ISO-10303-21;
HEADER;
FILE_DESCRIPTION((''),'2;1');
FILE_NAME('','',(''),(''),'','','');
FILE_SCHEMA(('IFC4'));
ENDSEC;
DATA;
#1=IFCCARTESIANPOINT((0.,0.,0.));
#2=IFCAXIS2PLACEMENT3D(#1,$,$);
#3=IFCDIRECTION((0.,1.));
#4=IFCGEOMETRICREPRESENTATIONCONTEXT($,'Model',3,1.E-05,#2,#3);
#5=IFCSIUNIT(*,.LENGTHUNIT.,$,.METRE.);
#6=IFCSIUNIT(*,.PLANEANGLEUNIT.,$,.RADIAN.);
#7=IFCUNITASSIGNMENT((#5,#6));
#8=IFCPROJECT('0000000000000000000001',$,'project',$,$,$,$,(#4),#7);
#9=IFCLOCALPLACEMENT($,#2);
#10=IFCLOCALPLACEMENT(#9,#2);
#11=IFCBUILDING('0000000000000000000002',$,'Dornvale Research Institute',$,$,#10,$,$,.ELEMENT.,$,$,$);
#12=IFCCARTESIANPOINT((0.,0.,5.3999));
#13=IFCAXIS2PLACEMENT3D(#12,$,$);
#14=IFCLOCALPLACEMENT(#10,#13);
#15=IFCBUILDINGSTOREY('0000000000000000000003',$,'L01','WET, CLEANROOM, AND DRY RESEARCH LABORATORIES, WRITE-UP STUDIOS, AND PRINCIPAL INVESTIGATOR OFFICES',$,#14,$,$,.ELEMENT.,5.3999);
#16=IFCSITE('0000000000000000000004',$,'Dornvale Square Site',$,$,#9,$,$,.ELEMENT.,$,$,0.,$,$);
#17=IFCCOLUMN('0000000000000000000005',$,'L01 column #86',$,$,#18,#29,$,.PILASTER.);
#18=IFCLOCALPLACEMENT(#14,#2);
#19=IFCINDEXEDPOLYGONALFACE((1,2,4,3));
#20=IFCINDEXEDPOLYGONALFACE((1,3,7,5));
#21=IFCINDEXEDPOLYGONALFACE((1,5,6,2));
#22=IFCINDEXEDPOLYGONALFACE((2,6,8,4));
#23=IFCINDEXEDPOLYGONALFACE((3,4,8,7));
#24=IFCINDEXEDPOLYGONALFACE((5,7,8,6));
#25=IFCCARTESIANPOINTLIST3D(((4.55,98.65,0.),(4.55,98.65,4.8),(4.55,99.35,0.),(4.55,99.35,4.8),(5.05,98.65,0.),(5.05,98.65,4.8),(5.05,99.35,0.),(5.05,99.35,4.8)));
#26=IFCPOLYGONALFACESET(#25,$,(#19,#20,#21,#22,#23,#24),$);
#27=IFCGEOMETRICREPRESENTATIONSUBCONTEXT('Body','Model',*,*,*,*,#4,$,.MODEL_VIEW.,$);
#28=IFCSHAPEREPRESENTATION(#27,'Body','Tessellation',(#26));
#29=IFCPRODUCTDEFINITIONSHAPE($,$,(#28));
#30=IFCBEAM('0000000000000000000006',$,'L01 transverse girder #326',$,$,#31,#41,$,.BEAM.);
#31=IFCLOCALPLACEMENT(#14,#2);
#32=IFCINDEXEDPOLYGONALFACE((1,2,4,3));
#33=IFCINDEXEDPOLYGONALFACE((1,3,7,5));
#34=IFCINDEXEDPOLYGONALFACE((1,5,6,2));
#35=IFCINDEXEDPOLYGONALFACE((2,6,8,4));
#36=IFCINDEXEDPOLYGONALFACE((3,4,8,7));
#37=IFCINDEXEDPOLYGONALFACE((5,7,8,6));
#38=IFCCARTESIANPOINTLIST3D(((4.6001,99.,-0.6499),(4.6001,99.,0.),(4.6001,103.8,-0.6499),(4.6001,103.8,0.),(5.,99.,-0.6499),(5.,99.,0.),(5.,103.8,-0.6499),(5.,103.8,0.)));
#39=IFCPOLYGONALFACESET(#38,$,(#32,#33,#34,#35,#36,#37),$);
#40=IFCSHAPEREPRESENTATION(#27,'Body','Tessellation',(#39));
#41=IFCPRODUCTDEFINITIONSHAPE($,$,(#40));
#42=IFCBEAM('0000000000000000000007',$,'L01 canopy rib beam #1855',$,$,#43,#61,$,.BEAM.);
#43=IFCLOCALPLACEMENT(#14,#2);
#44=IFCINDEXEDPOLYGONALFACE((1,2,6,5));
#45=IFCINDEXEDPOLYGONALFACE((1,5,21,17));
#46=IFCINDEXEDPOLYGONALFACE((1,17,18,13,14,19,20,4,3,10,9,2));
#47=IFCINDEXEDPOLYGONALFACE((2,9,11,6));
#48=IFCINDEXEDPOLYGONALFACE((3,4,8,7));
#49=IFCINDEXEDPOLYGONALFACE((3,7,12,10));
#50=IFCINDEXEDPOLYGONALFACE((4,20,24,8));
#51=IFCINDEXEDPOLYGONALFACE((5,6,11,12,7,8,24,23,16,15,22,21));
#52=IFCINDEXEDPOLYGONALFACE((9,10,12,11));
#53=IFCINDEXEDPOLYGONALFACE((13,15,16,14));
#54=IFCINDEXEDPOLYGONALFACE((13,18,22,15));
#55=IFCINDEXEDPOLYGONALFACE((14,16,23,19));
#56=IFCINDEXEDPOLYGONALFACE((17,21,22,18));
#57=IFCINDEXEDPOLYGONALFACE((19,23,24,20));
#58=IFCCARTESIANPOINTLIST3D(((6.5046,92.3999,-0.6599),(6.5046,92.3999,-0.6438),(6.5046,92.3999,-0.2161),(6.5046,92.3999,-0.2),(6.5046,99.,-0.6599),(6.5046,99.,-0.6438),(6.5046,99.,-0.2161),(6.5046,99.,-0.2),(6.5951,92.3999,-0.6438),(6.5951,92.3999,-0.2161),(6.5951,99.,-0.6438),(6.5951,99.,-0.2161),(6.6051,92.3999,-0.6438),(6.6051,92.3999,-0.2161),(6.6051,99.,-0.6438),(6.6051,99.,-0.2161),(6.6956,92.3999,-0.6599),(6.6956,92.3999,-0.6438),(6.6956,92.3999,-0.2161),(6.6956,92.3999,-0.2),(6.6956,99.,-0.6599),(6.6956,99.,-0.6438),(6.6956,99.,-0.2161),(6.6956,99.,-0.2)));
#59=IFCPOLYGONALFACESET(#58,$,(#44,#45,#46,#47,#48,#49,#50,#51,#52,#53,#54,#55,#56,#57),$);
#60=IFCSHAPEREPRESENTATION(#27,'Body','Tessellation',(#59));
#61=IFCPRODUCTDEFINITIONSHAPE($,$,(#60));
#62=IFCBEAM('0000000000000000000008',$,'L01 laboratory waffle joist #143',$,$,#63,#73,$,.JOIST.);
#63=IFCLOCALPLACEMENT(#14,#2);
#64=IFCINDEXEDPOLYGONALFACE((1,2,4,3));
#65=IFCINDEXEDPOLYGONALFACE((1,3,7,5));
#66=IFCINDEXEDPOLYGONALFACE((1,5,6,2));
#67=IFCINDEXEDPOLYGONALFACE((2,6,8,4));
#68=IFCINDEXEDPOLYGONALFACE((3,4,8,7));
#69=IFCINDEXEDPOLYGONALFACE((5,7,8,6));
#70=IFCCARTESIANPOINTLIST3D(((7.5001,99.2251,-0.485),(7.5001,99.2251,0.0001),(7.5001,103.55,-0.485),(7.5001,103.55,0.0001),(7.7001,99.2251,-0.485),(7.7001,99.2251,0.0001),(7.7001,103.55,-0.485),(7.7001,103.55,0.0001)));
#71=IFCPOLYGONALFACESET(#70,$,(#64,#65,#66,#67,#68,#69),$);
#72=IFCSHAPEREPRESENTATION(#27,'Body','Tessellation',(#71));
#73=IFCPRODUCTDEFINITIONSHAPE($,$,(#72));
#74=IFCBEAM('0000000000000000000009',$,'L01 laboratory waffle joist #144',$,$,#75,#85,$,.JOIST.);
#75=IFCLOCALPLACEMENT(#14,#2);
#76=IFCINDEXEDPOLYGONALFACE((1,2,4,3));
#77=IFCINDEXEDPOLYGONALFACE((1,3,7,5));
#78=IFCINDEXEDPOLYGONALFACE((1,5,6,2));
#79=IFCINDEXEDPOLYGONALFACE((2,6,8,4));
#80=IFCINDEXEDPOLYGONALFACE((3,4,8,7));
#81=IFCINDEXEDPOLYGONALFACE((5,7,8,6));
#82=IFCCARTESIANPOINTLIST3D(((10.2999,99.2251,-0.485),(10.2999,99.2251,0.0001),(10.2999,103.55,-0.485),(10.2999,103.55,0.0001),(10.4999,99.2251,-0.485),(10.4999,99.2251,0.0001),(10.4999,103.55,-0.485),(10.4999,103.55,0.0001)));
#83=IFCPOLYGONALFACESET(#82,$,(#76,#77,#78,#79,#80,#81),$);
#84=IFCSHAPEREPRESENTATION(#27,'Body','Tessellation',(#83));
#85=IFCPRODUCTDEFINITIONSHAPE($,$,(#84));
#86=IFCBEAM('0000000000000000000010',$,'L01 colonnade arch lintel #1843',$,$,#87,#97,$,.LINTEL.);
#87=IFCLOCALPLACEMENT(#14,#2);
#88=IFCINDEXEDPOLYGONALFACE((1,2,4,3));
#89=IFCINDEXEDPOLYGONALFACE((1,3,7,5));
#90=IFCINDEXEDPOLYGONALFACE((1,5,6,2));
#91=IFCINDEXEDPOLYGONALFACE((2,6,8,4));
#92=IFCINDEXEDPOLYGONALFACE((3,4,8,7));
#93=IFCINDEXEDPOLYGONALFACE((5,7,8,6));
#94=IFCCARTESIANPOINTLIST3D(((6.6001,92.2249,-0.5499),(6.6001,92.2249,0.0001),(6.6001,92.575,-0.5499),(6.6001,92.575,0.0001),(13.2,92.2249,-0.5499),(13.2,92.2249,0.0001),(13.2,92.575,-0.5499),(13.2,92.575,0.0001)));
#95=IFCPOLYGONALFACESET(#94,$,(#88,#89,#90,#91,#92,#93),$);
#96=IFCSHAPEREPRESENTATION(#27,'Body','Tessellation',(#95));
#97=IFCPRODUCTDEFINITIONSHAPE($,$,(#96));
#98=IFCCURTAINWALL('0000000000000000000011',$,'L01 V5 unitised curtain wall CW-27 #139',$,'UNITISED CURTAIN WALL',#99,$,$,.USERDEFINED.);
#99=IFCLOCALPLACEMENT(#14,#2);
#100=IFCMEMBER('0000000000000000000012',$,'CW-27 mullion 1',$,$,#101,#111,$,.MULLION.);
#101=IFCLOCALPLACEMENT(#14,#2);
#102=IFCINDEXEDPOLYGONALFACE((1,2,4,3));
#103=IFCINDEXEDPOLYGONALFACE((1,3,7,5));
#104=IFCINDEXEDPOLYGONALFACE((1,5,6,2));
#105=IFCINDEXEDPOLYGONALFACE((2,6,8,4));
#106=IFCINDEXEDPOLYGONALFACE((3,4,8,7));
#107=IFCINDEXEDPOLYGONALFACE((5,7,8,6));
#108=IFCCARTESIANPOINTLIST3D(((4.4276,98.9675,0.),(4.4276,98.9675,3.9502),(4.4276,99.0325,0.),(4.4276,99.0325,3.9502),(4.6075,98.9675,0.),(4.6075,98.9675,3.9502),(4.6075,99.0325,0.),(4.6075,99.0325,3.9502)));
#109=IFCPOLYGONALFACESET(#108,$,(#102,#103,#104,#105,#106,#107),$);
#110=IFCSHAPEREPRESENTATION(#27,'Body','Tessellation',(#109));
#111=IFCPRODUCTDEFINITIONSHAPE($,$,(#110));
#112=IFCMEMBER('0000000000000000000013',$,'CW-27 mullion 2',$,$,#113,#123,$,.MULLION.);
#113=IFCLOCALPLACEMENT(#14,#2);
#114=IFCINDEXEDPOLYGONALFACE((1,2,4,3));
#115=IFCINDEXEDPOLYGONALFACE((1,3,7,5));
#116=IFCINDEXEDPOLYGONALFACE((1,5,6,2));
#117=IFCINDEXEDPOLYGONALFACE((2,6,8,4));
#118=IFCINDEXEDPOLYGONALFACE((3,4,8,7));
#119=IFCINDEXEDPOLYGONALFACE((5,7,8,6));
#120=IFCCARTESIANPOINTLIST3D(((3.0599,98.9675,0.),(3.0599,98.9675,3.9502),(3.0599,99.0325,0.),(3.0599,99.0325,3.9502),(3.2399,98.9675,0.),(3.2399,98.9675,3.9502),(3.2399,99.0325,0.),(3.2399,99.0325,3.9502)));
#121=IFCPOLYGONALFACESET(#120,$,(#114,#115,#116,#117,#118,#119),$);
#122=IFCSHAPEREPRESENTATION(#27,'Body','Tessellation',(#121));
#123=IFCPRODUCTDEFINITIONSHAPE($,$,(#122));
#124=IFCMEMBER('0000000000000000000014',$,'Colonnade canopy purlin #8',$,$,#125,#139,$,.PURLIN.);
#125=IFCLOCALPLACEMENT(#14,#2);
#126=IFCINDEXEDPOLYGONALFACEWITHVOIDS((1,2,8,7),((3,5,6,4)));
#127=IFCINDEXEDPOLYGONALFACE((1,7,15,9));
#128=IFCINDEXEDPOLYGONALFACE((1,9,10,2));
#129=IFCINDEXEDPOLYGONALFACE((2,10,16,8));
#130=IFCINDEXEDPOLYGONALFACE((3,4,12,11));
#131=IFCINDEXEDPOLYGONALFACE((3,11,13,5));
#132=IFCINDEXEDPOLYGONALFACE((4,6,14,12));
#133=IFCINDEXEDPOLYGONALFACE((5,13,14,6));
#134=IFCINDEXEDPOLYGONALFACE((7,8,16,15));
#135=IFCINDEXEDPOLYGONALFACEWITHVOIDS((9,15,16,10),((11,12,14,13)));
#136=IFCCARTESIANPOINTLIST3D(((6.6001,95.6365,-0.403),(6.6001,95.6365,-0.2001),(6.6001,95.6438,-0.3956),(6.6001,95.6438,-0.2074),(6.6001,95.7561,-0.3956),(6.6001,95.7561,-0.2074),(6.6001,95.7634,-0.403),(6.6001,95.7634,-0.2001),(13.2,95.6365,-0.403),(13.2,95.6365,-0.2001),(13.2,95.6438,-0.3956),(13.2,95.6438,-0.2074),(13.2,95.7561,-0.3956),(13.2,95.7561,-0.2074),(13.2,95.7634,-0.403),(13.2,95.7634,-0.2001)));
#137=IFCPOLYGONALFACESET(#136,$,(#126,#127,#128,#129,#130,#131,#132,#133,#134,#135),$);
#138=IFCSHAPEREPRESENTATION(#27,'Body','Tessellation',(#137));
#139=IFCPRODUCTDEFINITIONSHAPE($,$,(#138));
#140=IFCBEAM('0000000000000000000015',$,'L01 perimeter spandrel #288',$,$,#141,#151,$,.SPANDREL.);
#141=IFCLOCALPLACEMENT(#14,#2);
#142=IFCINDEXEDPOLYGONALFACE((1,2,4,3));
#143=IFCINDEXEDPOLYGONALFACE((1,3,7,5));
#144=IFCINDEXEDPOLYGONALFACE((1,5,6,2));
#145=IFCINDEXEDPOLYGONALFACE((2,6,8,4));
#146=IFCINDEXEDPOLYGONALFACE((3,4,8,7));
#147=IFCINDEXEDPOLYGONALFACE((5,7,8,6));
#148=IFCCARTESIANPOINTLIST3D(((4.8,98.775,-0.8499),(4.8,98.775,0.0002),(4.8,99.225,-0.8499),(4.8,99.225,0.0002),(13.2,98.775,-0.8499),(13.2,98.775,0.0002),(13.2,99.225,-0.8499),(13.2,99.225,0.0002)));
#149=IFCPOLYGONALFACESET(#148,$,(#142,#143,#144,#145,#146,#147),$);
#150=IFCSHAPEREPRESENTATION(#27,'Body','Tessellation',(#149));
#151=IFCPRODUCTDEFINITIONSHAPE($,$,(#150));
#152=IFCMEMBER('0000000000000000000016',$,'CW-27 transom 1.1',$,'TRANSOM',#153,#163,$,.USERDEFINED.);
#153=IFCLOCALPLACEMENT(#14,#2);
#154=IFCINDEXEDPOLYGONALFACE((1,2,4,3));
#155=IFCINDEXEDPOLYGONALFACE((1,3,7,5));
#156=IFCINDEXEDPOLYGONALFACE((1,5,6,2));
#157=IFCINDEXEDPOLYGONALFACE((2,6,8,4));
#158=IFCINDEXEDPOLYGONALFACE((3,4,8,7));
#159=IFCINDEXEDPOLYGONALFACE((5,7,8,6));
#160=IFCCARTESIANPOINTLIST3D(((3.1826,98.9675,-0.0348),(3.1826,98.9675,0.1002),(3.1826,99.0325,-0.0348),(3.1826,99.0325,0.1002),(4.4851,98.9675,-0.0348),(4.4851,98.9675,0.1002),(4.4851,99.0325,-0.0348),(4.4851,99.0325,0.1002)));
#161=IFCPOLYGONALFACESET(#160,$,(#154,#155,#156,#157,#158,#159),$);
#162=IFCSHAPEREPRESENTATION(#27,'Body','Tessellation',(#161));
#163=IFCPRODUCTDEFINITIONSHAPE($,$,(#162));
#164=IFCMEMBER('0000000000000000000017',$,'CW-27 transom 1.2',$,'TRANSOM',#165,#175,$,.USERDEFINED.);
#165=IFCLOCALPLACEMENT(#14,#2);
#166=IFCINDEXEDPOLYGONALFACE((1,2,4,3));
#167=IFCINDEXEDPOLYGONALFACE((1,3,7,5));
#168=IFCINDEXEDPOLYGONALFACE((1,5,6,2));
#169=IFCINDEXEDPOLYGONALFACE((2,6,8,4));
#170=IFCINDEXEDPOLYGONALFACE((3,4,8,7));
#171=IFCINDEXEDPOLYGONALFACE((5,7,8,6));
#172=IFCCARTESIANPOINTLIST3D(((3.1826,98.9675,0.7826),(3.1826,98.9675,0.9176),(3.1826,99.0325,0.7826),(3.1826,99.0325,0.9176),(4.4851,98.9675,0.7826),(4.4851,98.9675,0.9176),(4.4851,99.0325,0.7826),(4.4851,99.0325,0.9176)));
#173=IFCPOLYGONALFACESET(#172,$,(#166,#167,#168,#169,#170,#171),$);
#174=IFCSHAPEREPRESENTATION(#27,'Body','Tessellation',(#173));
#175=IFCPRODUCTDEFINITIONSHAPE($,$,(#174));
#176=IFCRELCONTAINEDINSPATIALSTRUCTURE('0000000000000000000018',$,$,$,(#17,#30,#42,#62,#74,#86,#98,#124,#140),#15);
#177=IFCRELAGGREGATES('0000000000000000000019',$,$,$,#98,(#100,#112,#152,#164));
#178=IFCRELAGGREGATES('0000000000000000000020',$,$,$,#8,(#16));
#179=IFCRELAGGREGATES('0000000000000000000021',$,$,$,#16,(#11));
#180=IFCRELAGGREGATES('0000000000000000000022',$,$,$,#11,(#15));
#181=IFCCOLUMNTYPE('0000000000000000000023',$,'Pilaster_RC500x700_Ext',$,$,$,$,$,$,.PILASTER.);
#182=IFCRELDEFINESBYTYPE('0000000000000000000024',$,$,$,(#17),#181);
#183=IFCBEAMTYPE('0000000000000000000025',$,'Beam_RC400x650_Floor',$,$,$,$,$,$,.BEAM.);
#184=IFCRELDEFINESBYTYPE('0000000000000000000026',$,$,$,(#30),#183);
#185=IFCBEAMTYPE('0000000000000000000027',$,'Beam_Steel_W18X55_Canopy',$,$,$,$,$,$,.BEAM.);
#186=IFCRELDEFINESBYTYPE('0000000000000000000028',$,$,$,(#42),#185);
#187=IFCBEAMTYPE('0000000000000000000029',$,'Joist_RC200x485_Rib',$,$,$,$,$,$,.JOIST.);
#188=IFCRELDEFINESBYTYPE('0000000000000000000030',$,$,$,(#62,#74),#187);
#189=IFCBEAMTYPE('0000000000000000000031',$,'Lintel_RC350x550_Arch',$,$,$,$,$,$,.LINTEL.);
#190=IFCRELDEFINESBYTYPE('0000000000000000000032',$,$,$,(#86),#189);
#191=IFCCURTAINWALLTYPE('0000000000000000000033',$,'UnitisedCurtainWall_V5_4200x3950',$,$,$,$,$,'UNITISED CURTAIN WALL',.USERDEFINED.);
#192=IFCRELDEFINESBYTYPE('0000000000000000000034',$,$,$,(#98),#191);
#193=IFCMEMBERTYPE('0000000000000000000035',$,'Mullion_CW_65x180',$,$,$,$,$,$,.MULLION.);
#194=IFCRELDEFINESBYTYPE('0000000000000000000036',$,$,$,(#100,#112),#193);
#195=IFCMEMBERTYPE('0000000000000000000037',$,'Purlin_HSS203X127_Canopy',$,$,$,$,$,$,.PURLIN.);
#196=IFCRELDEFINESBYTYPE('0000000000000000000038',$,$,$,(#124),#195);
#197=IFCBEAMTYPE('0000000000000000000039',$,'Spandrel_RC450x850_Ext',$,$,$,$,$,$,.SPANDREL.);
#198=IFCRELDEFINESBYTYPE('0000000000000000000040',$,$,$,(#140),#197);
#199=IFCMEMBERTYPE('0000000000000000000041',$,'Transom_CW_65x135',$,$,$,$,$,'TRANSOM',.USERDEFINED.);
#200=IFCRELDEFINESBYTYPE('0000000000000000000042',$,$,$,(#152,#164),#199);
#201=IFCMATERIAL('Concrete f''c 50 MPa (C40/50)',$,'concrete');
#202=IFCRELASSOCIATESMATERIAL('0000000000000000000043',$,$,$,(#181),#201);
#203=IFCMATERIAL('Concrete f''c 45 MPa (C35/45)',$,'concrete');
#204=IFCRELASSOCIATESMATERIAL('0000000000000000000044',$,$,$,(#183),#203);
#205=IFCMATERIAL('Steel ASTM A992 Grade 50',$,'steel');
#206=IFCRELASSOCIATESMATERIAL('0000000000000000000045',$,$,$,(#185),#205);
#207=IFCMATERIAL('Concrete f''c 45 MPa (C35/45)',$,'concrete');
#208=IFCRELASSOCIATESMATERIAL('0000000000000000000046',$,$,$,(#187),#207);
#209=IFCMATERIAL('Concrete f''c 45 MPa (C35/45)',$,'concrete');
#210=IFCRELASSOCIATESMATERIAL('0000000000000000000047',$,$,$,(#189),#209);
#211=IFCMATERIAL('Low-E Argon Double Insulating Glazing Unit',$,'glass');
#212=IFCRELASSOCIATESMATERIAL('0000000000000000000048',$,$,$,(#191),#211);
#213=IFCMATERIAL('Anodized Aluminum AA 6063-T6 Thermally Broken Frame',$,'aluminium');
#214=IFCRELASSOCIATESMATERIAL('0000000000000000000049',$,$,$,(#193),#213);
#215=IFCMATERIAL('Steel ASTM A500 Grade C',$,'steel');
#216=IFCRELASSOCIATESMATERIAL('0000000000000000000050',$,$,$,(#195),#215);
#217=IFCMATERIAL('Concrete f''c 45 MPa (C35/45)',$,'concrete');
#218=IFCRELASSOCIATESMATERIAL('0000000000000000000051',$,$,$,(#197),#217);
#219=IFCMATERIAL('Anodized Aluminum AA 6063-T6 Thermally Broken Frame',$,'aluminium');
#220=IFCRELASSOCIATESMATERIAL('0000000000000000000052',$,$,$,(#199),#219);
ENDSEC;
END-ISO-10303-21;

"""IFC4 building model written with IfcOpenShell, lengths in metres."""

from ifc_helpers import new_model, si_unit, direction, frame, origin, origin_2d, place, context, subcontext, project, spatial, rectangle, hollow_rectangle, i_section, extrude, material, material_profile, profile_set, type_object, element, aggregate, save


model = new_model("IFC4")

# Units and contexts
model_context = context("Model", 3, precision=1e-05, world=origin(), true_north=direction((0.0, 1.0)))
body_context = subcontext(model_context, "Body", "Model", "MODEL_VIEW")
ifc_project = project(units=[si_unit("LENGTHUNIT", "METRE"), si_unit("PLANEANGLEUNIT", "RADIAN")], contexts=[model_context])

# Site, building, storey
site_placement = place(None, origin())
site = spatial("IfcSite", under=ifc_project, at=site_placement, Name="Dornvale Square Site", CompositionType="ELEMENT", RefElevation=0.0)
building_placement = place(site_placement, origin())
building = spatial("IfcBuilding", under=site, at=building_placement, Name="Dornvale Research Institute", CompositionType="ELEMENT")
storey_placement = place(building_placement, frame((0.0, 0.0, 5.3999)))
storey = spatial("IfcBuildingStorey", under=building, at=storey_placement, Name="L01", Description="WET, CLEANROOM, AND DRY RESEARCH LABORATORIES, WRITE-UP STUDIOS, AND PRINCIPAL INVESTIGATOR OFFICES", CompositionType="ELEMENT", Elevation=5.3999)

# Column
ifc_material_1 = material(Name="Concrete f'c 50 MPa (C40/50)", Category="concrete")
ifc_material_profile_1 = material_profile(ifc_material_1, rectangle(XDim=0.5, YDim=0.7, at=origin_2d()), Name="RC 500x700")
ifc_profile_set_1 = profile_set([ifc_material_profile_1], Name="Concrete f'c 50 MPa (C40/50)")
column_type = type_object("IfcColumnType", Name="Pilaster_RC500x700_Ext", PredefinedType="PILASTER", material=ifc_profile_set_1)
column_placement = place(storey_placement, frame((4.8, 99.0, 0.0), z_axis=(0.0, 0.0, 1.0), x_axis=(1.0, 0.0, 0.0)))
element("IfcColumn", 1, at=column_placement, inside=storey, type_object=column_type, Name="L01 column #86", PredefinedType="PILASTER", context=body_context, shape_type="SweptSolid", body=[
    extrude(rectangle(XDim=0.5, YDim=0.7, at=origin_2d()), origin(), (0.0, 0.0, 1.0), 4.8),
])

# Beams
ifc_material_2 = material(Name="Concrete f'c 45 MPa (C35/45)", Category="concrete")
ifc_material_profile_2 = material_profile(ifc_material_2, rectangle(XDim=0.3999, YDim=0.6499, at=origin_2d()), Name="RC 400x650")
ifc_profile_set_2 = profile_set([ifc_material_profile_2], Name="Concrete f'c 45 MPa (C35/45)")
beam_type_1 = type_object("IfcBeamType", Name="Beam_RC400x650_Floor", PredefinedType="BEAM", material=ifc_profile_set_2)
beam_1_placement = place(storey_placement, frame((4.8, 99.0, -0.325), z_axis=(0.0, 1.0, 0.0), x_axis=(-1.0, 0.0, 0.0)))
element("IfcBeam", 2, at=beam_1_placement, inside=storey, type_object=beam_type_1, Name="L01 transverse girder #326", PredefinedType="BEAM", context=body_context, shape_type="SweptSolid", body=[
    extrude(rectangle(XDim=0.3999, YDim=0.6499, at=origin_2d()), origin(), (0.0, 0.0, 1.0), 4.8),
])
ifc_material_3 = material(Name="Steel ASTM A992 Grade 50", Category="steel")
ifc_material_profile_3 = material_profile(ifc_material_3, i_section(OverallWidth=0.1909, OverallDepth=0.46, WebThickness=0.01, FlangeThickness=0.0161, at=origin_2d()), Name="W18X55")
ifc_profile_set_3 = profile_set([ifc_material_profile_3], Name="Steel ASTM A992 Grade 50")
beam_type_2 = type_object("IfcBeamType", Name="Beam_Steel_W18X55_Canopy", PredefinedType="BEAM", material=ifc_profile_set_3)
beam_2_placement = place(storey_placement, frame((6.6001, 92.3999, -0.4299), z_axis=(0.0, 1.0, 0.0), x_axis=(-1.0, 0.0, 0.0)))
element("IfcBeam", 3, at=beam_2_placement, inside=storey, type_object=beam_type_2, Name="L01 canopy rib beam #1855", PredefinedType="BEAM", context=body_context, shape_type="SweptSolid", body=[
    extrude(i_section(OverallWidth=0.1909, OverallDepth=0.46, WebThickness=0.01, FlangeThickness=0.0161, at=origin_2d()), origin(), (0.0, 0.0, 1.0), 6.6001),
])
ifc_material_4 = material(Name="Concrete f'c 45 MPa (C35/45)", Category="concrete")
ifc_material_profile_4 = material_profile(ifc_material_4, rectangle(XDim=0.2, YDim=0.4851, at=origin_2d()), Name="RC 200x485")
ifc_profile_set_4 = profile_set([ifc_material_profile_4], Name="Concrete f'c 45 MPa (C35/45)")
beam_type_3 = type_object("IfcBeamType", Name="Joist_RC200x485_Rib", PredefinedType="JOIST", material=ifc_profile_set_4)
for number, where, z_axis, x_axis, name in (
    (4, (7.6001, 99.2251, -0.2424), (0.0, 1.0, 0.0), (-1.0, 0.0, 0.0), "L01 laboratory waffle joist #143"),
    (5, (10.3999, 99.2251, -0.2424), (0.0, 1.0, 0.0), (-1.0, 0.0, 0.0), "L01 laboratory waffle joist #144"),
):
    element("IfcBeam", number, at=place(storey_placement, frame(where, z_axis=z_axis, x_axis=x_axis)), inside=storey, type_object=beam_type_3, Name=name, PredefinedType="JOIST", context=body_context, shape_type="SweptSolid", body=[
        extrude(rectangle(XDim=0.2, YDim=0.4851, at=origin_2d()), origin(), (0.0, 0.0, 1.0), 4.325),
    ])
ifc_material_5 = material(Name="Concrete f'c 45 MPa (C35/45)", Category="concrete")
ifc_material_profile_5 = material_profile(ifc_material_5, rectangle(XDim=0.3501, YDim=0.55, at=origin_2d()), Name="RC 350x550")
ifc_profile_set_5 = profile_set([ifc_material_profile_5], Name="Concrete f'c 45 MPa (C35/45)")
beam_type_4 = type_object("IfcBeamType", Name="Lintel_RC350x550_Arch", PredefinedType="LINTEL", material=ifc_profile_set_5)
beam_3_placement = place(storey_placement, frame((6.6001, 92.3999, -0.2749), z_axis=(1.0, 0.0, 0.0), x_axis=(0.0, 1.0, 0.0)))
element("IfcBeam", 6, at=beam_3_placement, inside=storey, type_object=beam_type_4, Name="L01 colonnade arch lintel #1843", PredefinedType="LINTEL", context=body_context, shape_type="SweptSolid", body=[
    extrude(rectangle(XDim=0.3501, YDim=0.55, at=origin_2d()), origin(), (0.0, 0.0, 1.0), 6.5999),
])

# Curtain wall, members
ifc_material_6 = material(Name="Low-E Argon Double Insulating Glazing Unit", Category="glass")
curtain_wall_type = type_object("IfcCurtainWallType", Name="UnitisedCurtainWall_V5_4200x3950", ElementType="UNITISED CURTAIN WALL", PredefinedType="USERDEFINED", material=ifc_material_6)
curtain_wall_placement = place(storey_placement, origin())
curtain_wall = element("IfcCurtainWall", 7, at=curtain_wall_placement, inside=storey, type_object=curtain_wall_type, Name="L01 V5 unitised curtain wall CW-27 #139", ObjectType="UNITISED CURTAIN WALL", PredefinedType="USERDEFINED")
ifc_material_7 = material(Name="Anodized Aluminum AA 6063-T6 Thermally Broken Frame", Category="aluminium")
ifc_material_profile_6 = material_profile(ifc_material_7, rectangle(XDim=0.0649, YDim=0.1799, at=origin_2d()), Name="ALU MULLION 65x180")
ifc_profile_set_6 = profile_set([ifc_material_profile_6], Name="Anodized Aluminum AA 6063-T6 Thermally Broken Frame")
member_type_1 = type_object("IfcMemberType", Name="Mullion_CW_65x180", PredefinedType="MULLION", material=ifc_profile_set_6)
member_1_placement = place(storey_placement, frame((4.5176, 99.0, 0.0), z_axis=(0.0, 0.0, 1.0), x_axis=(0.0, -1.0, 0.0)))
member_1 = element("IfcMember", 8, at=member_1_placement, type_object=member_type_1, Name="CW-27 mullion 1", PredefinedType="MULLION", context=body_context, shape_type="SweptSolid", body=[
    extrude(rectangle(XDim=0.0649, YDim=0.1799, at=origin_2d()), origin(), (0.0, 0.0, 1.0), 3.9502),
])
member_2_placement = place(storey_placement, frame((3.1499, 99.0, 0.0), z_axis=(0.0, 0.0, 1.0), x_axis=(0.0, -1.0, 0.0)))
member_2 = element("IfcMember", 9, at=member_2_placement, type_object=member_type_1, Name="CW-27 mullion 2", PredefinedType="MULLION", context=body_context, shape_type="SweptSolid", body=[
    extrude(rectangle(XDim=0.0649, YDim=0.1799, at=origin_2d()), origin(), (0.0, 0.0, 1.0), 3.9502),
])

# Member
ifc_material_8 = material(Name="Steel ASTM A500 Grade C", Category="steel")
ifc_material_profile_7 = material_profile(ifc_material_8, hollow_rectangle(XDim=0.127, YDim=0.2029, WallThickness=0.0073, at=origin_2d()), Name="HSS203X127X7.9")
ifc_profile_set_7 = profile_set([ifc_material_profile_7], Name="Steel ASTM A500 Grade C")
member_type_2 = type_object("IfcMemberType", Name="Purlin_HSS203X127_Canopy", PredefinedType="PURLIN", material=ifc_profile_set_7)
member_3_placement = place(storey_placement, frame((6.6001, 95.7, -0.3015), z_axis=(1.0, 0.0, 0.0), x_axis=(0.0, 1.0, 0.0)))
element("IfcMember", 10, at=member_3_placement, inside=storey, type_object=member_type_2, Name="Colonnade canopy purlin #8", PredefinedType="PURLIN", context=body_context, shape_type="SweptSolid", body=[
    extrude(hollow_rectangle(XDim=0.127, YDim=0.2029, WallThickness=0.0073, at=origin_2d()), origin(), (0.0, 0.0, 1.0), 6.5999),
])

# Beam
ifc_material_9 = material(Name="Concrete f'c 45 MPa (C35/45)", Category="concrete")
ifc_material_profile_8 = material_profile(ifc_material_9, rectangle(XDim=0.45, YDim=0.8501, at=origin_2d()), Name="RC 450x850")
ifc_profile_set_8 = profile_set([ifc_material_profile_8], Name="Concrete f'c 45 MPa (C35/45)")
beam_type_5 = type_object("IfcBeamType", Name="Spandrel_RC450x850_Ext", PredefinedType="SPANDREL", material=ifc_profile_set_8)
beam_4_placement = place(storey_placement, frame((4.8, 99.0, -0.4248), z_axis=(1.0, 0.0, 0.0), x_axis=(0.0, 1.0, 0.0)))
element("IfcBeam", 11, at=beam_4_placement, inside=storey, type_object=beam_type_5, Name="L01 perimeter spandrel #288", PredefinedType="SPANDREL", context=body_context, shape_type="SweptSolid", body=[
    extrude(rectangle(XDim=0.45, YDim=0.8501, at=origin_2d()), origin(), (0.0, 0.0, 1.0), 8.3999),
])

# Members
ifc_material_10 = material(Name="Anodized Aluminum AA 6063-T6 Thermally Broken Frame", Category="aluminium")
ifc_material_profile_9 = material_profile(ifc_material_10, rectangle(XDim=0.0649, YDim=0.135, at=origin_2d()), Name="ALU TRANSOM 65x135")
ifc_profile_set_9 = profile_set([ifc_material_profile_9], Name="Anodized Aluminum AA 6063-T6 Thermally Broken Frame")
member_type_3 = type_object("IfcMemberType", Name="Transom_CW_65x135", ElementType="TRANSOM", PredefinedType="USERDEFINED", material=ifc_profile_set_9)
member_4_placement = place(storey_placement, frame((4.4851, 99.0, 0.0327), z_axis=(-1.0, 0.0, 0.0), x_axis=(0.0, -1.0, 0.0)))
member_4 = element("IfcMember", 12, at=member_4_placement, type_object=member_type_3, Name="CW-27 transom 1.1", ObjectType="TRANSOM", PredefinedType="USERDEFINED", context=body_context, shape_type="SweptSolid", body=[
    extrude(rectangle(XDim=0.0649, YDim=0.135, at=origin_2d()), origin(), (0.0, 0.0, 1.0), 1.3025),
])
member_5_placement = place(storey_placement, frame((4.4851, 99.0, 0.8501), z_axis=(-1.0, 0.0, 0.0), x_axis=(0.0, -1.0, 0.0)))
member_5 = element("IfcMember", 13, at=member_5_placement, type_object=member_type_3, Name="CW-27 transom 1.2", ObjectType="TRANSOM", PredefinedType="USERDEFINED", context=body_context, shape_type="SweptSolid", body=[
    extrude(rectangle(XDim=0.0649, YDim=0.135, at=origin_2d()), origin(), (0.0, 0.0, 1.0), 1.3025),
])

aggregate(curtain_wall, [member_1, member_2, member_4, member_5])

save(model, "model.ifc")
